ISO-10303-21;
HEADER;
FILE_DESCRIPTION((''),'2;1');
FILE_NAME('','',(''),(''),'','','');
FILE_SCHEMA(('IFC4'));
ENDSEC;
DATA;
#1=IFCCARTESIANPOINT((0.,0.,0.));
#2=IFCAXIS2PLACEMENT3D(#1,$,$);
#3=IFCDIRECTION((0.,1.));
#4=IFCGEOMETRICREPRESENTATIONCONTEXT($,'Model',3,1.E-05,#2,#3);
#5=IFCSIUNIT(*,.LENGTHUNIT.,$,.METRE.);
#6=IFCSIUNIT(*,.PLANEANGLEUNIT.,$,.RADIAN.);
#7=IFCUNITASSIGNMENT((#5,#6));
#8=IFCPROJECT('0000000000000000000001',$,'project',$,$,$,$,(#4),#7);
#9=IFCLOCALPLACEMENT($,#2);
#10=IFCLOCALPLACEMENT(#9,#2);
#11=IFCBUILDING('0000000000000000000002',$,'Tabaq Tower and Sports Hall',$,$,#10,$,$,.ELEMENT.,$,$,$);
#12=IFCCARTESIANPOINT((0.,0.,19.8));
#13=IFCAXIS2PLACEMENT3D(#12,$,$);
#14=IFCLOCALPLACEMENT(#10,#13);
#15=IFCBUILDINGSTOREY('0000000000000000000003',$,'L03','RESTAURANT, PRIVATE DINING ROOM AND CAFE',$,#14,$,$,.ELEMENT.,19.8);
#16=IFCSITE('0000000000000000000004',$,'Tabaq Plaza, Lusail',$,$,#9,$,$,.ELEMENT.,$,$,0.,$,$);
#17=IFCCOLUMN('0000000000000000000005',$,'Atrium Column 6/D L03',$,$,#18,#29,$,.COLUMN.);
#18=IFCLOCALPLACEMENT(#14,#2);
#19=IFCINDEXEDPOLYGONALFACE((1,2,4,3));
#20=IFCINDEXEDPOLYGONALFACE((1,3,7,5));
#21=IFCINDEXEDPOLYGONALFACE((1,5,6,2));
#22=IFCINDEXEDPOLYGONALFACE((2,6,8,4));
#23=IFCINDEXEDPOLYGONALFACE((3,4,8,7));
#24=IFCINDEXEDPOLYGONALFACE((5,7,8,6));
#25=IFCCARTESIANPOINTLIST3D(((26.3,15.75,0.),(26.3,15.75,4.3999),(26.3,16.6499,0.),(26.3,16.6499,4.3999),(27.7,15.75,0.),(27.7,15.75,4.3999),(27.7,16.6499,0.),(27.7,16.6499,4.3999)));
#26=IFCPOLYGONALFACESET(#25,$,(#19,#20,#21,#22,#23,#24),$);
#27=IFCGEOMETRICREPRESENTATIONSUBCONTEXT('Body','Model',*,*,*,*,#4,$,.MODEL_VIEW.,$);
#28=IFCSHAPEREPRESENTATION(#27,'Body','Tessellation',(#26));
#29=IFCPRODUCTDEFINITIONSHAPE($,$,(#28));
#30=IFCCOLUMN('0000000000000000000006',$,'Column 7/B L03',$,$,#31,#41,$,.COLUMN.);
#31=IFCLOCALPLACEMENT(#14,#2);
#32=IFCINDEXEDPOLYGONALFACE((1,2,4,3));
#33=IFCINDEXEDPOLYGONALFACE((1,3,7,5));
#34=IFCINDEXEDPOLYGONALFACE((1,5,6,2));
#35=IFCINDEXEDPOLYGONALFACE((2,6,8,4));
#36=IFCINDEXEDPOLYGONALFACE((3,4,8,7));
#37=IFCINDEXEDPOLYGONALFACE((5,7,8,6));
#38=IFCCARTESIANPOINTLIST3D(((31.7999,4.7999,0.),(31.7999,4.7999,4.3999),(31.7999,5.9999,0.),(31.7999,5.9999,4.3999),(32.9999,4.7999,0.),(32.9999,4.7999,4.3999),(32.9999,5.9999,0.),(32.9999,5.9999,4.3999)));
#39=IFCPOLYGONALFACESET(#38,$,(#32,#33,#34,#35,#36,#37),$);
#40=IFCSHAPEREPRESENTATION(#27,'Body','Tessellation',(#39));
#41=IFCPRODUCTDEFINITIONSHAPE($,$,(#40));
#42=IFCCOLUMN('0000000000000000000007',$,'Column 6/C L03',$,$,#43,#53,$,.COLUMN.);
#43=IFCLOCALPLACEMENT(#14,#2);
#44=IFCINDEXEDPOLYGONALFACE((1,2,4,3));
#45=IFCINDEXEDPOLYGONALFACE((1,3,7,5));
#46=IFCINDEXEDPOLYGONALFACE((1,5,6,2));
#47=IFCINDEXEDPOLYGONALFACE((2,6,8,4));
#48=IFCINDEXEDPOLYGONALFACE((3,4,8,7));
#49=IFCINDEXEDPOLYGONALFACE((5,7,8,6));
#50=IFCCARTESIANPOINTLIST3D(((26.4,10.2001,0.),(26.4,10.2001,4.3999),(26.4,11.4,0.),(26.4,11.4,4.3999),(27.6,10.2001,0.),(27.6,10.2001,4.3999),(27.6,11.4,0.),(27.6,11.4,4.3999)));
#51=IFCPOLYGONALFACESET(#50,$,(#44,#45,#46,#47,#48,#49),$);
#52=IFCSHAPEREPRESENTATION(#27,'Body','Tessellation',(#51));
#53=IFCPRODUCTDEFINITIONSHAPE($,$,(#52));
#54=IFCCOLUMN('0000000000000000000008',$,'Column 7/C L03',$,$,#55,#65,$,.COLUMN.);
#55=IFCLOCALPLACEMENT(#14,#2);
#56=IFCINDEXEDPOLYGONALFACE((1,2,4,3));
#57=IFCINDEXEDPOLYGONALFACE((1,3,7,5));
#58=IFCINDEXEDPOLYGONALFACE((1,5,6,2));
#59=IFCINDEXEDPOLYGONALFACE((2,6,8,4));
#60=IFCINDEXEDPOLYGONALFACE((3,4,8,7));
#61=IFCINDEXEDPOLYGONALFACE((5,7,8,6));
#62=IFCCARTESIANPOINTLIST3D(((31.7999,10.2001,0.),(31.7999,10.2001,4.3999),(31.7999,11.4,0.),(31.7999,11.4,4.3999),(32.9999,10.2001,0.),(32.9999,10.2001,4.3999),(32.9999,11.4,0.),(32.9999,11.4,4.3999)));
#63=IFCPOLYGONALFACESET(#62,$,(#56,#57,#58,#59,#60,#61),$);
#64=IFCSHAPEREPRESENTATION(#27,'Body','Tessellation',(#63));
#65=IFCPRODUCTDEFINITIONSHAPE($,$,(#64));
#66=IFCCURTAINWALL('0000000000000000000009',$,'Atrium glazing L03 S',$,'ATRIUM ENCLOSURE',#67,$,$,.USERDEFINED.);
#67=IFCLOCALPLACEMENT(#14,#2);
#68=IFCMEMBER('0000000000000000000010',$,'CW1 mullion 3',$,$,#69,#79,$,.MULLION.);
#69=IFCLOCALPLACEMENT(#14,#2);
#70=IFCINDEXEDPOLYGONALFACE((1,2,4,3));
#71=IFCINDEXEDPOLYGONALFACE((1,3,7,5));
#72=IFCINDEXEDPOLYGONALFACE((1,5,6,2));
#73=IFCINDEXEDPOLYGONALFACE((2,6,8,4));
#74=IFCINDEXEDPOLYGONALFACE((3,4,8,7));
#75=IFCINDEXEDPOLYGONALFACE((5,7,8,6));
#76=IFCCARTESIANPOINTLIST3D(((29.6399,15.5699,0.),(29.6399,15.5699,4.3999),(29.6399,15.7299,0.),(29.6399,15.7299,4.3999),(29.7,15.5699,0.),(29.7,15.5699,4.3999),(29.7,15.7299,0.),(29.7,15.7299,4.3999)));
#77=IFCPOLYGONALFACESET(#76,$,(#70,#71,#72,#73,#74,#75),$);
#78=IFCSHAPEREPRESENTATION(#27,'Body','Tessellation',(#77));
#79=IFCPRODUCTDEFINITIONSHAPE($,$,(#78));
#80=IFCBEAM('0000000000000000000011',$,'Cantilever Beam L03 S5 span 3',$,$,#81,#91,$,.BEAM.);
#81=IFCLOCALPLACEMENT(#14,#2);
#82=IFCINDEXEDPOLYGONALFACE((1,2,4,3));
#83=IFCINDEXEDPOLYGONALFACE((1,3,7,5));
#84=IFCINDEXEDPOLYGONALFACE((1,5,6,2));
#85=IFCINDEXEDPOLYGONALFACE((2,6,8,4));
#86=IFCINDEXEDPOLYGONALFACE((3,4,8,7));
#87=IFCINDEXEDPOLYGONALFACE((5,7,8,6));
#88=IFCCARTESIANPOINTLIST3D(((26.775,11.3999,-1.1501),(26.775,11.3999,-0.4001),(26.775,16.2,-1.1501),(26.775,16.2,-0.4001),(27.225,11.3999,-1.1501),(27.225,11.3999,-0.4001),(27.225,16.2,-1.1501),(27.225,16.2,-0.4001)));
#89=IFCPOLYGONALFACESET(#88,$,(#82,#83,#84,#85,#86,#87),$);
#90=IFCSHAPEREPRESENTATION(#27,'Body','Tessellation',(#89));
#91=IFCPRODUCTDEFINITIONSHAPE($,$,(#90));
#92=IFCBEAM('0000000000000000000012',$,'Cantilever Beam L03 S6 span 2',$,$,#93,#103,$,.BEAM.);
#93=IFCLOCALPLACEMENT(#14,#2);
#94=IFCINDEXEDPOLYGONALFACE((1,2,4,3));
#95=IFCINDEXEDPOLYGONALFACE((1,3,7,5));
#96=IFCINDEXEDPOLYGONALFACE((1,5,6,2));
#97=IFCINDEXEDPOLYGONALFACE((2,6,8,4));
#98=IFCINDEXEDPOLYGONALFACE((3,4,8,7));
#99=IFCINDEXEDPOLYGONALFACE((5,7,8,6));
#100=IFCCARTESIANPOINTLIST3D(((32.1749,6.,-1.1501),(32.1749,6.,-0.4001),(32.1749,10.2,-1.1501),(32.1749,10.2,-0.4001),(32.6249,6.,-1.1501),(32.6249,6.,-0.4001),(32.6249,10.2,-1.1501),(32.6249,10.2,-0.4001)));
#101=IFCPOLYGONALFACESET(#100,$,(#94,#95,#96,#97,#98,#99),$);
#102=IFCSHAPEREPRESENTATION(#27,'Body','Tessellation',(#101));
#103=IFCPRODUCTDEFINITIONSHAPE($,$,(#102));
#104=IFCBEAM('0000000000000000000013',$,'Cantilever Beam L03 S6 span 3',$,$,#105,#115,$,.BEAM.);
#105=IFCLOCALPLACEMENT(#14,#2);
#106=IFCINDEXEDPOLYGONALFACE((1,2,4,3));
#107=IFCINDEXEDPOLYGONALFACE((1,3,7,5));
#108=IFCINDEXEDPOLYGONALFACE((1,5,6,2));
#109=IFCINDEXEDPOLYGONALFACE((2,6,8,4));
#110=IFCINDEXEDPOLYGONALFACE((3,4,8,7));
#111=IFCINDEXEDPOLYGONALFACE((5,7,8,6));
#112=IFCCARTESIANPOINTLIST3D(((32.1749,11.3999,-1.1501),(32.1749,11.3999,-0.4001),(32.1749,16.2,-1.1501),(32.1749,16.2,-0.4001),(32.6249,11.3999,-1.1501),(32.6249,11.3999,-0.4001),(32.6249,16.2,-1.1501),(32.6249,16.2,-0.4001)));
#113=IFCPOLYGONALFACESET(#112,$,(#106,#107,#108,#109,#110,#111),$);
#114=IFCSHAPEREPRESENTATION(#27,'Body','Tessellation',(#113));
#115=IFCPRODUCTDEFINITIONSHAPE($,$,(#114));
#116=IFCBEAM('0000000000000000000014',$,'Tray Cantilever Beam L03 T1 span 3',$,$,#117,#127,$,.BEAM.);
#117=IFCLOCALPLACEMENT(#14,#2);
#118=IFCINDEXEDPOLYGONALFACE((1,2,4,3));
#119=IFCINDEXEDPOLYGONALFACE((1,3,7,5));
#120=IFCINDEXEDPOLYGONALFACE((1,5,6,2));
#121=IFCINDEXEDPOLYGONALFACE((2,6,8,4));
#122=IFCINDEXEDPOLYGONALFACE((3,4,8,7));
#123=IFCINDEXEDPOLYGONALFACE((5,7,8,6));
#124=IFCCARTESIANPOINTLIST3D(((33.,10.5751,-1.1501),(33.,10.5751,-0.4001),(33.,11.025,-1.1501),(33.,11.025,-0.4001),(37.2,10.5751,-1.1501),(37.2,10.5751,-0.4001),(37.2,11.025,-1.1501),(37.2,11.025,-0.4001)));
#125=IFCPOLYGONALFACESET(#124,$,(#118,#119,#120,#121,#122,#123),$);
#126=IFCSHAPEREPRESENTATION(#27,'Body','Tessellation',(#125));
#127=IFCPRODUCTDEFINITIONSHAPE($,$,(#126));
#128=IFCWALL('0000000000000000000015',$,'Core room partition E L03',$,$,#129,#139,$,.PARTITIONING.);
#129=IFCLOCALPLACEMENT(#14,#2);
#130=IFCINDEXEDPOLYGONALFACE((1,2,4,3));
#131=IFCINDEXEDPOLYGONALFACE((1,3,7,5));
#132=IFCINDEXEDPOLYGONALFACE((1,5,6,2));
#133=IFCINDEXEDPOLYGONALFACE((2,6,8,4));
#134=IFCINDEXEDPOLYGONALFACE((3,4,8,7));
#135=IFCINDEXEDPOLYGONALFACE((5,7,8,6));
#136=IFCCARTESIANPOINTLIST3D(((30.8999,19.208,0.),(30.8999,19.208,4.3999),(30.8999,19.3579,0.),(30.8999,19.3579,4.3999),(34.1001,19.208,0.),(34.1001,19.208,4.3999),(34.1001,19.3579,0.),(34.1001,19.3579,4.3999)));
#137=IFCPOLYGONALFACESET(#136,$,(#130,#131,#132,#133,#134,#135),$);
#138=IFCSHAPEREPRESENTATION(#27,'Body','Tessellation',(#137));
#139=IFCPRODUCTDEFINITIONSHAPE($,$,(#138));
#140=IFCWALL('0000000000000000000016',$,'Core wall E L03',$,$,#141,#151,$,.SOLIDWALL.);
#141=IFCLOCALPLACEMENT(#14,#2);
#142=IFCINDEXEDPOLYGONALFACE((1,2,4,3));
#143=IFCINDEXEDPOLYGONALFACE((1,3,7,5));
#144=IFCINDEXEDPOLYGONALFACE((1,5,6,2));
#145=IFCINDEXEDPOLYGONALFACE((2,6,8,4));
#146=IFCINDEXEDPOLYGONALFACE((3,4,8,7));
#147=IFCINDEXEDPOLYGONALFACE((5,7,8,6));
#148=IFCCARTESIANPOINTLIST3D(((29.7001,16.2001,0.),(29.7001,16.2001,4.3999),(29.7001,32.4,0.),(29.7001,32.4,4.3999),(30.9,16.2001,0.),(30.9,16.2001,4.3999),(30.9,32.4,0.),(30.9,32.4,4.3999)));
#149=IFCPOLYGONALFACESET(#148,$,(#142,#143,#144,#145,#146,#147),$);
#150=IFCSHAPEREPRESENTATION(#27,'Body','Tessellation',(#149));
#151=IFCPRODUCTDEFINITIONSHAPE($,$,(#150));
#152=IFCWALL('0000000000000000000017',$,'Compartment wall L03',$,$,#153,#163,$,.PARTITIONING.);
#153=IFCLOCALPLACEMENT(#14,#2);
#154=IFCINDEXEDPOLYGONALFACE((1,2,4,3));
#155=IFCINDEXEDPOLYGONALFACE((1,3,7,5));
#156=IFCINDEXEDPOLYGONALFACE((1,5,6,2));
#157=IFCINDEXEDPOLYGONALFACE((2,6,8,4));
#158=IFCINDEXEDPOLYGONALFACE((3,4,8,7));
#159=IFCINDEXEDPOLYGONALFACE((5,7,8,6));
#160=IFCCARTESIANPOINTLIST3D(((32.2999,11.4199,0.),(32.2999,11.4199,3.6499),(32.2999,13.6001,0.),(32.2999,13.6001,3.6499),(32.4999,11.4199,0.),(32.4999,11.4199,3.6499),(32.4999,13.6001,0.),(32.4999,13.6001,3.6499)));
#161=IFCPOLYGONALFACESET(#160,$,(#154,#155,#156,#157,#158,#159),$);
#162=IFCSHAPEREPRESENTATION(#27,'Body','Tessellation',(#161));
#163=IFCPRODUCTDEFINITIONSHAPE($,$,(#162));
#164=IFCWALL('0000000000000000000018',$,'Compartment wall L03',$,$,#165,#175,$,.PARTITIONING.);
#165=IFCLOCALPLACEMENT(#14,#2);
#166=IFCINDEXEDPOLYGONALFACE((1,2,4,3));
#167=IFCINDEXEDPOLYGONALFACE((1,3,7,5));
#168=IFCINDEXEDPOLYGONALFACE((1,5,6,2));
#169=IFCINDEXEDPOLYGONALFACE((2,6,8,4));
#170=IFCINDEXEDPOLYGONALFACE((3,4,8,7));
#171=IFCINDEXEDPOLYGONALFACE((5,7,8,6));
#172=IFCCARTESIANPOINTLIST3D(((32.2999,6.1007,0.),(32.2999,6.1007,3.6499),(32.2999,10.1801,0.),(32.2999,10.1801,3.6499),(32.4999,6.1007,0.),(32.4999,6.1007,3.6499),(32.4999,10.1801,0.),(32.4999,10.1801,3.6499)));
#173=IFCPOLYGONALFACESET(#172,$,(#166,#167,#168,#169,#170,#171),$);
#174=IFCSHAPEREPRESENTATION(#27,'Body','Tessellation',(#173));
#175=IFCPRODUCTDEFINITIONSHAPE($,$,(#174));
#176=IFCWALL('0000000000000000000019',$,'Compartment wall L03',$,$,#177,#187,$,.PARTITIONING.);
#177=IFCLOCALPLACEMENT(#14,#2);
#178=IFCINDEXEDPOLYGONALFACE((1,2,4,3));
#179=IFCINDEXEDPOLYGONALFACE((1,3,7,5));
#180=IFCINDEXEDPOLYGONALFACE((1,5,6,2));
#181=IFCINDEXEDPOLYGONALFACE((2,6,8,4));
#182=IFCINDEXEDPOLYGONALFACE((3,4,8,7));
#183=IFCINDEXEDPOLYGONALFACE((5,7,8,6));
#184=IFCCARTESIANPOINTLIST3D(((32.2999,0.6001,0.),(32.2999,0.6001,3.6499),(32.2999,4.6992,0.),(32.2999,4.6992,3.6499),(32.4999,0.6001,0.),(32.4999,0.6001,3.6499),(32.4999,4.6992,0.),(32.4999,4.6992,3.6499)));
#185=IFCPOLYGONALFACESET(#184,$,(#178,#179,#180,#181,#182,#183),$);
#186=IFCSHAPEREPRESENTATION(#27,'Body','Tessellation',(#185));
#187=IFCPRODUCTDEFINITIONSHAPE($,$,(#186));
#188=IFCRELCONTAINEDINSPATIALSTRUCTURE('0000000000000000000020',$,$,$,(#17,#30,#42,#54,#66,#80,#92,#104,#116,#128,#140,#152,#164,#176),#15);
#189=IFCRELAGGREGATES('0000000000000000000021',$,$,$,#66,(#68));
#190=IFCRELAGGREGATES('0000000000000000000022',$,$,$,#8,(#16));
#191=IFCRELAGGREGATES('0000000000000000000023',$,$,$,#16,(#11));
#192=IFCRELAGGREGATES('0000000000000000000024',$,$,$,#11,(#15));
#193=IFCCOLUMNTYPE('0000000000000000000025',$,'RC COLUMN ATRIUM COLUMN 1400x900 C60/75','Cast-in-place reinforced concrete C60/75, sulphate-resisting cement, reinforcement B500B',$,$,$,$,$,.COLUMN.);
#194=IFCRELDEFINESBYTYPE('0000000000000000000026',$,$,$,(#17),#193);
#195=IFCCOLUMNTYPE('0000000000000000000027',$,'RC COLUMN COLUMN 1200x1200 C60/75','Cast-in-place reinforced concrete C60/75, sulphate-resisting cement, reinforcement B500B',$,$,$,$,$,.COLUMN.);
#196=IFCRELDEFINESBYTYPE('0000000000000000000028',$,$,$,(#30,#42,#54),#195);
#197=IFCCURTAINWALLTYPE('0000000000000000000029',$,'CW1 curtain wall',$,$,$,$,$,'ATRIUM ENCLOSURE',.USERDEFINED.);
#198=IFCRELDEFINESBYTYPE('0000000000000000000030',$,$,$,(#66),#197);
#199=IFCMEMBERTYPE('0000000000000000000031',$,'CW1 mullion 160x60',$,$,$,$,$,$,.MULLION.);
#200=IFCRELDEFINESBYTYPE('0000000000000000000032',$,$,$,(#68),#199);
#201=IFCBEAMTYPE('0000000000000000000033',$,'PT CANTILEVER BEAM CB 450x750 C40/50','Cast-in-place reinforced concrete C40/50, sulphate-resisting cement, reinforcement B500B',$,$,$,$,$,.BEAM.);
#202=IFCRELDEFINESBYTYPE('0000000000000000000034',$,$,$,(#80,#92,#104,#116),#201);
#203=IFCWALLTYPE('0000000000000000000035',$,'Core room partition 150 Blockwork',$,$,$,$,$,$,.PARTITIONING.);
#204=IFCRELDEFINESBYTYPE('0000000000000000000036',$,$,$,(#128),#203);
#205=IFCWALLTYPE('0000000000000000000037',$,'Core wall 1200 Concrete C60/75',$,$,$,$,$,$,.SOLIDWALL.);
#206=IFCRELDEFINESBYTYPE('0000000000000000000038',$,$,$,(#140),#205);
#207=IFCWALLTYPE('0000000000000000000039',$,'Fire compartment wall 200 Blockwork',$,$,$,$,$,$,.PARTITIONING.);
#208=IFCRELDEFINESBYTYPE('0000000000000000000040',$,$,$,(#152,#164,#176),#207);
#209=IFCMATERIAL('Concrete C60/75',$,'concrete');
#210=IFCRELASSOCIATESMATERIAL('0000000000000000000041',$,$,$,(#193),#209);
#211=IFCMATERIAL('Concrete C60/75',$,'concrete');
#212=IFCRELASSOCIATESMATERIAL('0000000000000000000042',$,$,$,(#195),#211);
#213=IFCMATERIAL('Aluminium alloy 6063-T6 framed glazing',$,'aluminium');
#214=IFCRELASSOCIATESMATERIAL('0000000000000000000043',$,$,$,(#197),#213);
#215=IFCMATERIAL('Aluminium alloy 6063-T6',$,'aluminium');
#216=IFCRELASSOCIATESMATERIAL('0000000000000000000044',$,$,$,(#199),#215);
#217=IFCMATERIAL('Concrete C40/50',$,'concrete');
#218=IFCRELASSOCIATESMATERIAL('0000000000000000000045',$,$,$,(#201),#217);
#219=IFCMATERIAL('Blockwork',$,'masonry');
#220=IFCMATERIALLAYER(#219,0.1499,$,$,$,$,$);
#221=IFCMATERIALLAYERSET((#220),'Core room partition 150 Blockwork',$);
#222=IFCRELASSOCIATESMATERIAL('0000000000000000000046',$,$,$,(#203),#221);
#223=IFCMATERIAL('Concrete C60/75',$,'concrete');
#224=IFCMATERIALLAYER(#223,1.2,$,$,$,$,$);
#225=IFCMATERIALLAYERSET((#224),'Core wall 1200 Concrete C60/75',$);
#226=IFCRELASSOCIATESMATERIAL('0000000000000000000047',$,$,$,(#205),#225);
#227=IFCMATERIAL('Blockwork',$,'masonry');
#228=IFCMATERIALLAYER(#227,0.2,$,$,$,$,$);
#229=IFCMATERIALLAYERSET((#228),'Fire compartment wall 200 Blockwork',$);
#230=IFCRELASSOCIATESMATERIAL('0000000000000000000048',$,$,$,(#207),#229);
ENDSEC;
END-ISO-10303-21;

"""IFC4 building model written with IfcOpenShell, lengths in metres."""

from ifc_helpers import new_model, si_unit, direction, frame, frame_2d, origin, origin_2d, place, context, subcontext, project, spatial, rectangle, extrude, material, layer, layer_set, material_profile, profile_set, type_object, element, aggregate, save


model = new_model("IFC4")

# Units and contexts
model_context = context("Model", 3, precision=1e-05, world=origin(), true_north=direction((0.0, 1.0)))
body_context = subcontext(model_context, "Body", "Model", "MODEL_VIEW")
ifc_project = project(units=[si_unit("LENGTHUNIT", "METRE"), si_unit("PLANEANGLEUNIT", "RADIAN")], contexts=[model_context])

# Site, building, storey
site_placement = place(None, origin())
site = spatial("IfcSite", under=ifc_project, at=site_placement, Name="Tabaq Plaza, Lusail", CompositionType="ELEMENT", RefElevation=0.0)
building_placement = place(site_placement, origin())
building = spatial("IfcBuilding", under=site, at=building_placement, Name="Tabaq Tower and Sports Hall", CompositionType="ELEMENT")
storey_placement = place(building_placement, frame((0.0, 0.0, 19.8)))
storey = spatial("IfcBuildingStorey", under=building, at=storey_placement, Name="L03", Description="RESTAURANT, PRIVATE DINING ROOM AND CAFE", CompositionType="ELEMENT", Elevation=19.8)

# Columns
ifc_material_1 = material(Name="Concrete C60/75", Category="concrete")
ifc_material_profile_1 = material_profile(ifc_material_1, rectangle(XDim=1.3999, YDim=0.8999, at=origin_2d()), Name="ATRIUM COLUMN 1400x900")
ifc_profile_set_1 = profile_set([ifc_material_profile_1], Name="Concrete C60/75")
column_type_1 = type_object("IfcColumnType", Name="RC COLUMN ATRIUM COLUMN 1400x900 C60/75", Description="Cast-in-place reinforced concrete C60/75, sulphate-resisting cement, reinforcement B500B", PredefinedType="COLUMN", material=ifc_profile_set_1)
column_placement = place(storey_placement, frame((27.0, 16.2, 0.0), z_axis=(0.0, 0.0, 1.0), x_axis=(1.0, 0.0, 0.0)))
element("IfcColumn", 1, at=column_placement, inside=storey, type_object=column_type_1, Name="Atrium Column 6/D L03", PredefinedType="COLUMN", context=body_context, shape_type="SweptSolid", body=[
    extrude(rectangle(XDim=1.3999, YDim=0.8999, at=origin_2d()), origin(), (0.0, 0.0, 1.0), 4.3999),
])
ifc_material_2 = material(Name="Concrete C60/75", Category="concrete")
ifc_material_profile_2 = material_profile(ifc_material_2, rectangle(XDim=1.2, YDim=1.2, at=origin_2d()), Name="COLUMN 1200x1200")
ifc_profile_set_2 = profile_set([ifc_material_profile_2], Name="Concrete C60/75")
column_type_2 = type_object("IfcColumnType", Name="RC COLUMN COLUMN 1200x1200 C60/75", Description="Cast-in-place reinforced concrete C60/75, sulphate-resisting cement, reinforcement B500B", PredefinedType="COLUMN", material=ifc_profile_set_2)
for number, where, z_axis, x_axis, name in (
    (2, (32.3999, 5.3999, 0.0), (0.0, 0.0, 1.0), (1.0, 0.0, 0.0), "Column 7/B L03"),
    (3, (27.0, 10.8, 0.0), (0.0, 0.0, 1.0), (1.0, 0.0, 0.0), "Column 6/C L03"),
    (4, (32.3999, 10.8, 0.0), (0.0, 0.0, 1.0), (1.0, 0.0, 0.0), "Column 7/C L03"),
):
    element("IfcColumn", number, at=place(storey_placement, frame(where, z_axis=z_axis, x_axis=x_axis)), inside=storey, type_object=column_type_2, Name=name, PredefinedType="COLUMN", context=body_context, shape_type="SweptSolid", body=[
        extrude(rectangle(XDim=1.2, YDim=1.2, at=origin_2d()), origin(), (0.0, 0.0, 1.0), 4.3999),
    ])

# Curtain wall, member
ifc_material_3 = material(Name="Aluminium alloy 6063-T6 framed glazing", Category="aluminium")
curtain_wall_type = type_object("IfcCurtainWallType", Name="CW1 curtain wall", ElementType="ATRIUM ENCLOSURE", PredefinedType="USERDEFINED", material=ifc_material_3)
curtain_wall_placement = place(storey_placement, origin())
curtain_wall = element("IfcCurtainWall", 5, at=curtain_wall_placement, inside=storey, type_object=curtain_wall_type, Name="Atrium glazing L03 S", ObjectType="ATRIUM ENCLOSURE", PredefinedType="USERDEFINED")
ifc_material_4 = material(Name="Aluminium alloy 6063-T6", Category="aluminium")
ifc_material_profile_3 = material_profile(ifc_material_4, rectangle(XDim=0.1599, YDim=0.0601, at=origin_2d()), Name="MULLION 160x60")
ifc_profile_set_3 = profile_set([ifc_material_profile_3], Name="Aluminium alloy 6063-T6")
member_type = type_object("IfcMemberType", Name="CW1 mullion 160x60", PredefinedType="MULLION", material=ifc_profile_set_3)
member_placement = place(storey_placement, frame((29.6699, 15.6499, 0.0), z_axis=(0.0, 0.0, 1.0), x_axis=(0.0, 1.0, 0.0)))
member = element("IfcMember", 6, at=member_placement, type_object=member_type, Name="CW1 mullion 3", PredefinedType="MULLION", context=body_context, shape_type="SweptSolid", body=[
    extrude(rectangle(XDim=0.1599, YDim=0.0601, at=origin_2d()), origin(), (0.0, 0.0, 1.0), 4.3999),
])
aggregate(curtain_wall, [member])

# Beams
ifc_material_5 = material(Name="Concrete C40/50", Category="concrete")
ifc_material_profile_4 = material_profile(ifc_material_5, rectangle(XDim=0.45, YDim=0.75, at=origin_2d()), Name="CB 450x750")
ifc_profile_set_4 = profile_set([ifc_material_profile_4], Name="Concrete C40/50")
beam_type = type_object("IfcBeamType", Name="PT CANTILEVER BEAM CB 450x750 C40/50", Description="Cast-in-place reinforced concrete C40/50, sulphate-resisting cement, reinforcement B500B", PredefinedType="BEAM", material=ifc_profile_set_4)
beam_1_placement = place(storey_placement, frame((27.0, 11.3999, -0.7751), z_axis=(0.0, 1.0, 0.0), x_axis=(-1.0, 0.0, 0.0)))
element("IfcBeam", 7, at=beam_1_placement, inside=storey, type_object=beam_type, Name="Cantilever Beam L03 S5 span 3", PredefinedType="BEAM", context=body_context, shape_type="SweptSolid", body=[
    extrude(rectangle(XDim=0.45, YDim=0.75, at=origin_2d()), origin(), (0.0, 0.0, 1.0), 4.8),
])
beam_2_placement = place(storey_placement, frame((32.3999, 6.0, -0.7751), z_axis=(0.0, 1.0, 0.0), x_axis=(-1.0, 0.0, 0.0)))
element("IfcBeam", 8, at=beam_2_placement, inside=storey, type_object=beam_type, Name="Cantilever Beam L03 S6 span 2", PredefinedType="BEAM", context=body_context, shape_type="SweptSolid", body=[
    extrude(rectangle(XDim=0.45, YDim=0.75, at=origin_2d()), origin(), (0.0, 0.0, 1.0), 4.2),
])
beam_3_placement = place(storey_placement, frame((32.3999, 11.3999, -0.7751), z_axis=(0.0, 1.0, 0.0), x_axis=(-1.0, 0.0, 0.0)))
element("IfcBeam", 9, at=beam_3_placement, inside=storey, type_object=beam_type, Name="Cantilever Beam L03 S6 span 3", PredefinedType="BEAM", context=body_context, shape_type="SweptSolid", body=[
    extrude(rectangle(XDim=0.45, YDim=0.75, at=origin_2d()), origin(), (0.0, 0.0, 1.0), 4.8),
])
beam_4_placement = place(storey_placement, frame((37.2, 10.8, -0.7751), z_axis=(-1.0, 0.0, 0.0), x_axis=(0.0, -1.0, 0.0)))
element("IfcBeam", 10, at=beam_4_placement, inside=storey, type_object=beam_type, Name="Tray Cantilever Beam L03 T1 span 3", PredefinedType="BEAM", context=body_context, shape_type="SweptSolid", body=[
    extrude(rectangle(XDim=0.45, YDim=0.75, at=origin_2d()), origin(), (0.0, 0.0, 1.0), 4.2),
])

# Walls
ifc_material_6 = material(Name="Blockwork", Category="masonry")
ifc_layer_1 = layer(ifc_material_6, 0.1499)
ifc_layer_set_1 = layer_set([ifc_layer_1], Name="Core room partition 150 Blockwork")
wall_type_1 = type_object("IfcWallType", Name="Core room partition 150 Blockwork", PredefinedType="PARTITIONING", material=ifc_layer_set_1)
wall_1_placement = place(storey_placement, frame((30.8999, 19.283, 0.0), z_axis=(0.0, 0.0, 1.0), x_axis=(1.0, 0.0, 0.0)))
element("IfcWall", 11, at=wall_1_placement, inside=storey, type_object=wall_type_1, Name="Core room partition E L03", PredefinedType="PARTITIONING", context=body_context, shape_type="SweptSolid", body=[
    extrude(rectangle(XDim=3.2002, YDim=0.1499, at=frame_2d((1.6001, 0.0))), origin(), (0.0, 0.0, 1.0), 4.3999),
])
ifc_material_7 = material(Name="Concrete C60/75", Category="concrete")
ifc_layer_2 = layer(ifc_material_7, 1.2)
ifc_layer_set_2 = layer_set([ifc_layer_2], Name="Core wall 1200 Concrete C60/75")
wall_type_2 = type_object("IfcWallType", Name="Core wall 1200 Concrete C60/75", PredefinedType="SOLIDWALL", material=ifc_layer_set_2)
wall_2_placement = place(storey_placement, frame((30.3, 16.2, 0.0), z_axis=(0.0, 0.0, 1.0), x_axis=(0.0, 1.0, 0.0)))
element("IfcWall", 12, at=wall_2_placement, inside=storey, type_object=wall_type_2, Name="Core wall E L03", PredefinedType="SOLIDWALL", context=body_context, shape_type="SweptSolid", body=[
    extrude(rectangle(XDim=16.2, YDim=1.2, at=frame_2d((8.1001, 0.0))), origin(), (0.0, 0.0, 1.0), 4.3999),
])
ifc_material_8 = material(Name="Blockwork", Category="masonry")
ifc_layer_3 = layer(ifc_material_8, 0.2)
ifc_layer_set_3 = layer_set([ifc_layer_3], Name="Fire compartment wall 200 Blockwork")
wall_type_3 = type_object("IfcWallType", Name="Fire compartment wall 200 Blockwork", PredefinedType="PARTITIONING", material=ifc_layer_set_3)
wall_3_placement = place(storey_placement, frame((32.3999, 13.6001, 0.0), z_axis=(0.0, 0.0, 1.0), x_axis=(0.0, -1.0, 0.0)))
element("IfcWall", 13, at=wall_3_placement, inside=storey, type_object=wall_type_3, Name="Compartment wall L03", PredefinedType="PARTITIONING", context=body_context, shape_type="SweptSolid", body=[
    extrude(rectangle(XDim=2.1802, YDim=0.2, at=frame_2d((1.0901, 0.0))), origin(), (0.0, 0.0, 1.0), 3.6499),
])
wall_4_placement = place(storey_placement, frame((32.3999, 10.1799, 0.0), z_axis=(0.0, 0.0, 1.0), x_axis=(0.0, -1.0, 0.0)))
element("IfcWall", 14, at=wall_4_placement, inside=storey, type_object=wall_type_3, Name="Compartment wall L03", PredefinedType="PARTITIONING", context=body_context, shape_type="SweptSolid", body=[
    extrude(rectangle(XDim=4.0793, YDim=0.2, at=frame_2d((2.0396, 0.0))), origin(), (0.0, 0.0, 1.0), 3.6499),
])
wall_5_placement = place(storey_placement, frame((32.3999, 4.6992, 0.0), z_axis=(0.0, 0.0, 1.0), x_axis=(0.0, -1.0, 0.0)))
element("IfcWall", 15, at=wall_5_placement, inside=storey, type_object=wall_type_3, Name="Compartment wall L03", PredefinedType="PARTITIONING", context=body_context, shape_type="SweptSolid", body=[
    extrude(rectangle(XDim=4.0991, YDim=0.2, at=frame_2d((2.0496, 0.0))), origin(), (0.0, 0.0, 1.0), 3.6499),
])

save(model, "model.ifc")
